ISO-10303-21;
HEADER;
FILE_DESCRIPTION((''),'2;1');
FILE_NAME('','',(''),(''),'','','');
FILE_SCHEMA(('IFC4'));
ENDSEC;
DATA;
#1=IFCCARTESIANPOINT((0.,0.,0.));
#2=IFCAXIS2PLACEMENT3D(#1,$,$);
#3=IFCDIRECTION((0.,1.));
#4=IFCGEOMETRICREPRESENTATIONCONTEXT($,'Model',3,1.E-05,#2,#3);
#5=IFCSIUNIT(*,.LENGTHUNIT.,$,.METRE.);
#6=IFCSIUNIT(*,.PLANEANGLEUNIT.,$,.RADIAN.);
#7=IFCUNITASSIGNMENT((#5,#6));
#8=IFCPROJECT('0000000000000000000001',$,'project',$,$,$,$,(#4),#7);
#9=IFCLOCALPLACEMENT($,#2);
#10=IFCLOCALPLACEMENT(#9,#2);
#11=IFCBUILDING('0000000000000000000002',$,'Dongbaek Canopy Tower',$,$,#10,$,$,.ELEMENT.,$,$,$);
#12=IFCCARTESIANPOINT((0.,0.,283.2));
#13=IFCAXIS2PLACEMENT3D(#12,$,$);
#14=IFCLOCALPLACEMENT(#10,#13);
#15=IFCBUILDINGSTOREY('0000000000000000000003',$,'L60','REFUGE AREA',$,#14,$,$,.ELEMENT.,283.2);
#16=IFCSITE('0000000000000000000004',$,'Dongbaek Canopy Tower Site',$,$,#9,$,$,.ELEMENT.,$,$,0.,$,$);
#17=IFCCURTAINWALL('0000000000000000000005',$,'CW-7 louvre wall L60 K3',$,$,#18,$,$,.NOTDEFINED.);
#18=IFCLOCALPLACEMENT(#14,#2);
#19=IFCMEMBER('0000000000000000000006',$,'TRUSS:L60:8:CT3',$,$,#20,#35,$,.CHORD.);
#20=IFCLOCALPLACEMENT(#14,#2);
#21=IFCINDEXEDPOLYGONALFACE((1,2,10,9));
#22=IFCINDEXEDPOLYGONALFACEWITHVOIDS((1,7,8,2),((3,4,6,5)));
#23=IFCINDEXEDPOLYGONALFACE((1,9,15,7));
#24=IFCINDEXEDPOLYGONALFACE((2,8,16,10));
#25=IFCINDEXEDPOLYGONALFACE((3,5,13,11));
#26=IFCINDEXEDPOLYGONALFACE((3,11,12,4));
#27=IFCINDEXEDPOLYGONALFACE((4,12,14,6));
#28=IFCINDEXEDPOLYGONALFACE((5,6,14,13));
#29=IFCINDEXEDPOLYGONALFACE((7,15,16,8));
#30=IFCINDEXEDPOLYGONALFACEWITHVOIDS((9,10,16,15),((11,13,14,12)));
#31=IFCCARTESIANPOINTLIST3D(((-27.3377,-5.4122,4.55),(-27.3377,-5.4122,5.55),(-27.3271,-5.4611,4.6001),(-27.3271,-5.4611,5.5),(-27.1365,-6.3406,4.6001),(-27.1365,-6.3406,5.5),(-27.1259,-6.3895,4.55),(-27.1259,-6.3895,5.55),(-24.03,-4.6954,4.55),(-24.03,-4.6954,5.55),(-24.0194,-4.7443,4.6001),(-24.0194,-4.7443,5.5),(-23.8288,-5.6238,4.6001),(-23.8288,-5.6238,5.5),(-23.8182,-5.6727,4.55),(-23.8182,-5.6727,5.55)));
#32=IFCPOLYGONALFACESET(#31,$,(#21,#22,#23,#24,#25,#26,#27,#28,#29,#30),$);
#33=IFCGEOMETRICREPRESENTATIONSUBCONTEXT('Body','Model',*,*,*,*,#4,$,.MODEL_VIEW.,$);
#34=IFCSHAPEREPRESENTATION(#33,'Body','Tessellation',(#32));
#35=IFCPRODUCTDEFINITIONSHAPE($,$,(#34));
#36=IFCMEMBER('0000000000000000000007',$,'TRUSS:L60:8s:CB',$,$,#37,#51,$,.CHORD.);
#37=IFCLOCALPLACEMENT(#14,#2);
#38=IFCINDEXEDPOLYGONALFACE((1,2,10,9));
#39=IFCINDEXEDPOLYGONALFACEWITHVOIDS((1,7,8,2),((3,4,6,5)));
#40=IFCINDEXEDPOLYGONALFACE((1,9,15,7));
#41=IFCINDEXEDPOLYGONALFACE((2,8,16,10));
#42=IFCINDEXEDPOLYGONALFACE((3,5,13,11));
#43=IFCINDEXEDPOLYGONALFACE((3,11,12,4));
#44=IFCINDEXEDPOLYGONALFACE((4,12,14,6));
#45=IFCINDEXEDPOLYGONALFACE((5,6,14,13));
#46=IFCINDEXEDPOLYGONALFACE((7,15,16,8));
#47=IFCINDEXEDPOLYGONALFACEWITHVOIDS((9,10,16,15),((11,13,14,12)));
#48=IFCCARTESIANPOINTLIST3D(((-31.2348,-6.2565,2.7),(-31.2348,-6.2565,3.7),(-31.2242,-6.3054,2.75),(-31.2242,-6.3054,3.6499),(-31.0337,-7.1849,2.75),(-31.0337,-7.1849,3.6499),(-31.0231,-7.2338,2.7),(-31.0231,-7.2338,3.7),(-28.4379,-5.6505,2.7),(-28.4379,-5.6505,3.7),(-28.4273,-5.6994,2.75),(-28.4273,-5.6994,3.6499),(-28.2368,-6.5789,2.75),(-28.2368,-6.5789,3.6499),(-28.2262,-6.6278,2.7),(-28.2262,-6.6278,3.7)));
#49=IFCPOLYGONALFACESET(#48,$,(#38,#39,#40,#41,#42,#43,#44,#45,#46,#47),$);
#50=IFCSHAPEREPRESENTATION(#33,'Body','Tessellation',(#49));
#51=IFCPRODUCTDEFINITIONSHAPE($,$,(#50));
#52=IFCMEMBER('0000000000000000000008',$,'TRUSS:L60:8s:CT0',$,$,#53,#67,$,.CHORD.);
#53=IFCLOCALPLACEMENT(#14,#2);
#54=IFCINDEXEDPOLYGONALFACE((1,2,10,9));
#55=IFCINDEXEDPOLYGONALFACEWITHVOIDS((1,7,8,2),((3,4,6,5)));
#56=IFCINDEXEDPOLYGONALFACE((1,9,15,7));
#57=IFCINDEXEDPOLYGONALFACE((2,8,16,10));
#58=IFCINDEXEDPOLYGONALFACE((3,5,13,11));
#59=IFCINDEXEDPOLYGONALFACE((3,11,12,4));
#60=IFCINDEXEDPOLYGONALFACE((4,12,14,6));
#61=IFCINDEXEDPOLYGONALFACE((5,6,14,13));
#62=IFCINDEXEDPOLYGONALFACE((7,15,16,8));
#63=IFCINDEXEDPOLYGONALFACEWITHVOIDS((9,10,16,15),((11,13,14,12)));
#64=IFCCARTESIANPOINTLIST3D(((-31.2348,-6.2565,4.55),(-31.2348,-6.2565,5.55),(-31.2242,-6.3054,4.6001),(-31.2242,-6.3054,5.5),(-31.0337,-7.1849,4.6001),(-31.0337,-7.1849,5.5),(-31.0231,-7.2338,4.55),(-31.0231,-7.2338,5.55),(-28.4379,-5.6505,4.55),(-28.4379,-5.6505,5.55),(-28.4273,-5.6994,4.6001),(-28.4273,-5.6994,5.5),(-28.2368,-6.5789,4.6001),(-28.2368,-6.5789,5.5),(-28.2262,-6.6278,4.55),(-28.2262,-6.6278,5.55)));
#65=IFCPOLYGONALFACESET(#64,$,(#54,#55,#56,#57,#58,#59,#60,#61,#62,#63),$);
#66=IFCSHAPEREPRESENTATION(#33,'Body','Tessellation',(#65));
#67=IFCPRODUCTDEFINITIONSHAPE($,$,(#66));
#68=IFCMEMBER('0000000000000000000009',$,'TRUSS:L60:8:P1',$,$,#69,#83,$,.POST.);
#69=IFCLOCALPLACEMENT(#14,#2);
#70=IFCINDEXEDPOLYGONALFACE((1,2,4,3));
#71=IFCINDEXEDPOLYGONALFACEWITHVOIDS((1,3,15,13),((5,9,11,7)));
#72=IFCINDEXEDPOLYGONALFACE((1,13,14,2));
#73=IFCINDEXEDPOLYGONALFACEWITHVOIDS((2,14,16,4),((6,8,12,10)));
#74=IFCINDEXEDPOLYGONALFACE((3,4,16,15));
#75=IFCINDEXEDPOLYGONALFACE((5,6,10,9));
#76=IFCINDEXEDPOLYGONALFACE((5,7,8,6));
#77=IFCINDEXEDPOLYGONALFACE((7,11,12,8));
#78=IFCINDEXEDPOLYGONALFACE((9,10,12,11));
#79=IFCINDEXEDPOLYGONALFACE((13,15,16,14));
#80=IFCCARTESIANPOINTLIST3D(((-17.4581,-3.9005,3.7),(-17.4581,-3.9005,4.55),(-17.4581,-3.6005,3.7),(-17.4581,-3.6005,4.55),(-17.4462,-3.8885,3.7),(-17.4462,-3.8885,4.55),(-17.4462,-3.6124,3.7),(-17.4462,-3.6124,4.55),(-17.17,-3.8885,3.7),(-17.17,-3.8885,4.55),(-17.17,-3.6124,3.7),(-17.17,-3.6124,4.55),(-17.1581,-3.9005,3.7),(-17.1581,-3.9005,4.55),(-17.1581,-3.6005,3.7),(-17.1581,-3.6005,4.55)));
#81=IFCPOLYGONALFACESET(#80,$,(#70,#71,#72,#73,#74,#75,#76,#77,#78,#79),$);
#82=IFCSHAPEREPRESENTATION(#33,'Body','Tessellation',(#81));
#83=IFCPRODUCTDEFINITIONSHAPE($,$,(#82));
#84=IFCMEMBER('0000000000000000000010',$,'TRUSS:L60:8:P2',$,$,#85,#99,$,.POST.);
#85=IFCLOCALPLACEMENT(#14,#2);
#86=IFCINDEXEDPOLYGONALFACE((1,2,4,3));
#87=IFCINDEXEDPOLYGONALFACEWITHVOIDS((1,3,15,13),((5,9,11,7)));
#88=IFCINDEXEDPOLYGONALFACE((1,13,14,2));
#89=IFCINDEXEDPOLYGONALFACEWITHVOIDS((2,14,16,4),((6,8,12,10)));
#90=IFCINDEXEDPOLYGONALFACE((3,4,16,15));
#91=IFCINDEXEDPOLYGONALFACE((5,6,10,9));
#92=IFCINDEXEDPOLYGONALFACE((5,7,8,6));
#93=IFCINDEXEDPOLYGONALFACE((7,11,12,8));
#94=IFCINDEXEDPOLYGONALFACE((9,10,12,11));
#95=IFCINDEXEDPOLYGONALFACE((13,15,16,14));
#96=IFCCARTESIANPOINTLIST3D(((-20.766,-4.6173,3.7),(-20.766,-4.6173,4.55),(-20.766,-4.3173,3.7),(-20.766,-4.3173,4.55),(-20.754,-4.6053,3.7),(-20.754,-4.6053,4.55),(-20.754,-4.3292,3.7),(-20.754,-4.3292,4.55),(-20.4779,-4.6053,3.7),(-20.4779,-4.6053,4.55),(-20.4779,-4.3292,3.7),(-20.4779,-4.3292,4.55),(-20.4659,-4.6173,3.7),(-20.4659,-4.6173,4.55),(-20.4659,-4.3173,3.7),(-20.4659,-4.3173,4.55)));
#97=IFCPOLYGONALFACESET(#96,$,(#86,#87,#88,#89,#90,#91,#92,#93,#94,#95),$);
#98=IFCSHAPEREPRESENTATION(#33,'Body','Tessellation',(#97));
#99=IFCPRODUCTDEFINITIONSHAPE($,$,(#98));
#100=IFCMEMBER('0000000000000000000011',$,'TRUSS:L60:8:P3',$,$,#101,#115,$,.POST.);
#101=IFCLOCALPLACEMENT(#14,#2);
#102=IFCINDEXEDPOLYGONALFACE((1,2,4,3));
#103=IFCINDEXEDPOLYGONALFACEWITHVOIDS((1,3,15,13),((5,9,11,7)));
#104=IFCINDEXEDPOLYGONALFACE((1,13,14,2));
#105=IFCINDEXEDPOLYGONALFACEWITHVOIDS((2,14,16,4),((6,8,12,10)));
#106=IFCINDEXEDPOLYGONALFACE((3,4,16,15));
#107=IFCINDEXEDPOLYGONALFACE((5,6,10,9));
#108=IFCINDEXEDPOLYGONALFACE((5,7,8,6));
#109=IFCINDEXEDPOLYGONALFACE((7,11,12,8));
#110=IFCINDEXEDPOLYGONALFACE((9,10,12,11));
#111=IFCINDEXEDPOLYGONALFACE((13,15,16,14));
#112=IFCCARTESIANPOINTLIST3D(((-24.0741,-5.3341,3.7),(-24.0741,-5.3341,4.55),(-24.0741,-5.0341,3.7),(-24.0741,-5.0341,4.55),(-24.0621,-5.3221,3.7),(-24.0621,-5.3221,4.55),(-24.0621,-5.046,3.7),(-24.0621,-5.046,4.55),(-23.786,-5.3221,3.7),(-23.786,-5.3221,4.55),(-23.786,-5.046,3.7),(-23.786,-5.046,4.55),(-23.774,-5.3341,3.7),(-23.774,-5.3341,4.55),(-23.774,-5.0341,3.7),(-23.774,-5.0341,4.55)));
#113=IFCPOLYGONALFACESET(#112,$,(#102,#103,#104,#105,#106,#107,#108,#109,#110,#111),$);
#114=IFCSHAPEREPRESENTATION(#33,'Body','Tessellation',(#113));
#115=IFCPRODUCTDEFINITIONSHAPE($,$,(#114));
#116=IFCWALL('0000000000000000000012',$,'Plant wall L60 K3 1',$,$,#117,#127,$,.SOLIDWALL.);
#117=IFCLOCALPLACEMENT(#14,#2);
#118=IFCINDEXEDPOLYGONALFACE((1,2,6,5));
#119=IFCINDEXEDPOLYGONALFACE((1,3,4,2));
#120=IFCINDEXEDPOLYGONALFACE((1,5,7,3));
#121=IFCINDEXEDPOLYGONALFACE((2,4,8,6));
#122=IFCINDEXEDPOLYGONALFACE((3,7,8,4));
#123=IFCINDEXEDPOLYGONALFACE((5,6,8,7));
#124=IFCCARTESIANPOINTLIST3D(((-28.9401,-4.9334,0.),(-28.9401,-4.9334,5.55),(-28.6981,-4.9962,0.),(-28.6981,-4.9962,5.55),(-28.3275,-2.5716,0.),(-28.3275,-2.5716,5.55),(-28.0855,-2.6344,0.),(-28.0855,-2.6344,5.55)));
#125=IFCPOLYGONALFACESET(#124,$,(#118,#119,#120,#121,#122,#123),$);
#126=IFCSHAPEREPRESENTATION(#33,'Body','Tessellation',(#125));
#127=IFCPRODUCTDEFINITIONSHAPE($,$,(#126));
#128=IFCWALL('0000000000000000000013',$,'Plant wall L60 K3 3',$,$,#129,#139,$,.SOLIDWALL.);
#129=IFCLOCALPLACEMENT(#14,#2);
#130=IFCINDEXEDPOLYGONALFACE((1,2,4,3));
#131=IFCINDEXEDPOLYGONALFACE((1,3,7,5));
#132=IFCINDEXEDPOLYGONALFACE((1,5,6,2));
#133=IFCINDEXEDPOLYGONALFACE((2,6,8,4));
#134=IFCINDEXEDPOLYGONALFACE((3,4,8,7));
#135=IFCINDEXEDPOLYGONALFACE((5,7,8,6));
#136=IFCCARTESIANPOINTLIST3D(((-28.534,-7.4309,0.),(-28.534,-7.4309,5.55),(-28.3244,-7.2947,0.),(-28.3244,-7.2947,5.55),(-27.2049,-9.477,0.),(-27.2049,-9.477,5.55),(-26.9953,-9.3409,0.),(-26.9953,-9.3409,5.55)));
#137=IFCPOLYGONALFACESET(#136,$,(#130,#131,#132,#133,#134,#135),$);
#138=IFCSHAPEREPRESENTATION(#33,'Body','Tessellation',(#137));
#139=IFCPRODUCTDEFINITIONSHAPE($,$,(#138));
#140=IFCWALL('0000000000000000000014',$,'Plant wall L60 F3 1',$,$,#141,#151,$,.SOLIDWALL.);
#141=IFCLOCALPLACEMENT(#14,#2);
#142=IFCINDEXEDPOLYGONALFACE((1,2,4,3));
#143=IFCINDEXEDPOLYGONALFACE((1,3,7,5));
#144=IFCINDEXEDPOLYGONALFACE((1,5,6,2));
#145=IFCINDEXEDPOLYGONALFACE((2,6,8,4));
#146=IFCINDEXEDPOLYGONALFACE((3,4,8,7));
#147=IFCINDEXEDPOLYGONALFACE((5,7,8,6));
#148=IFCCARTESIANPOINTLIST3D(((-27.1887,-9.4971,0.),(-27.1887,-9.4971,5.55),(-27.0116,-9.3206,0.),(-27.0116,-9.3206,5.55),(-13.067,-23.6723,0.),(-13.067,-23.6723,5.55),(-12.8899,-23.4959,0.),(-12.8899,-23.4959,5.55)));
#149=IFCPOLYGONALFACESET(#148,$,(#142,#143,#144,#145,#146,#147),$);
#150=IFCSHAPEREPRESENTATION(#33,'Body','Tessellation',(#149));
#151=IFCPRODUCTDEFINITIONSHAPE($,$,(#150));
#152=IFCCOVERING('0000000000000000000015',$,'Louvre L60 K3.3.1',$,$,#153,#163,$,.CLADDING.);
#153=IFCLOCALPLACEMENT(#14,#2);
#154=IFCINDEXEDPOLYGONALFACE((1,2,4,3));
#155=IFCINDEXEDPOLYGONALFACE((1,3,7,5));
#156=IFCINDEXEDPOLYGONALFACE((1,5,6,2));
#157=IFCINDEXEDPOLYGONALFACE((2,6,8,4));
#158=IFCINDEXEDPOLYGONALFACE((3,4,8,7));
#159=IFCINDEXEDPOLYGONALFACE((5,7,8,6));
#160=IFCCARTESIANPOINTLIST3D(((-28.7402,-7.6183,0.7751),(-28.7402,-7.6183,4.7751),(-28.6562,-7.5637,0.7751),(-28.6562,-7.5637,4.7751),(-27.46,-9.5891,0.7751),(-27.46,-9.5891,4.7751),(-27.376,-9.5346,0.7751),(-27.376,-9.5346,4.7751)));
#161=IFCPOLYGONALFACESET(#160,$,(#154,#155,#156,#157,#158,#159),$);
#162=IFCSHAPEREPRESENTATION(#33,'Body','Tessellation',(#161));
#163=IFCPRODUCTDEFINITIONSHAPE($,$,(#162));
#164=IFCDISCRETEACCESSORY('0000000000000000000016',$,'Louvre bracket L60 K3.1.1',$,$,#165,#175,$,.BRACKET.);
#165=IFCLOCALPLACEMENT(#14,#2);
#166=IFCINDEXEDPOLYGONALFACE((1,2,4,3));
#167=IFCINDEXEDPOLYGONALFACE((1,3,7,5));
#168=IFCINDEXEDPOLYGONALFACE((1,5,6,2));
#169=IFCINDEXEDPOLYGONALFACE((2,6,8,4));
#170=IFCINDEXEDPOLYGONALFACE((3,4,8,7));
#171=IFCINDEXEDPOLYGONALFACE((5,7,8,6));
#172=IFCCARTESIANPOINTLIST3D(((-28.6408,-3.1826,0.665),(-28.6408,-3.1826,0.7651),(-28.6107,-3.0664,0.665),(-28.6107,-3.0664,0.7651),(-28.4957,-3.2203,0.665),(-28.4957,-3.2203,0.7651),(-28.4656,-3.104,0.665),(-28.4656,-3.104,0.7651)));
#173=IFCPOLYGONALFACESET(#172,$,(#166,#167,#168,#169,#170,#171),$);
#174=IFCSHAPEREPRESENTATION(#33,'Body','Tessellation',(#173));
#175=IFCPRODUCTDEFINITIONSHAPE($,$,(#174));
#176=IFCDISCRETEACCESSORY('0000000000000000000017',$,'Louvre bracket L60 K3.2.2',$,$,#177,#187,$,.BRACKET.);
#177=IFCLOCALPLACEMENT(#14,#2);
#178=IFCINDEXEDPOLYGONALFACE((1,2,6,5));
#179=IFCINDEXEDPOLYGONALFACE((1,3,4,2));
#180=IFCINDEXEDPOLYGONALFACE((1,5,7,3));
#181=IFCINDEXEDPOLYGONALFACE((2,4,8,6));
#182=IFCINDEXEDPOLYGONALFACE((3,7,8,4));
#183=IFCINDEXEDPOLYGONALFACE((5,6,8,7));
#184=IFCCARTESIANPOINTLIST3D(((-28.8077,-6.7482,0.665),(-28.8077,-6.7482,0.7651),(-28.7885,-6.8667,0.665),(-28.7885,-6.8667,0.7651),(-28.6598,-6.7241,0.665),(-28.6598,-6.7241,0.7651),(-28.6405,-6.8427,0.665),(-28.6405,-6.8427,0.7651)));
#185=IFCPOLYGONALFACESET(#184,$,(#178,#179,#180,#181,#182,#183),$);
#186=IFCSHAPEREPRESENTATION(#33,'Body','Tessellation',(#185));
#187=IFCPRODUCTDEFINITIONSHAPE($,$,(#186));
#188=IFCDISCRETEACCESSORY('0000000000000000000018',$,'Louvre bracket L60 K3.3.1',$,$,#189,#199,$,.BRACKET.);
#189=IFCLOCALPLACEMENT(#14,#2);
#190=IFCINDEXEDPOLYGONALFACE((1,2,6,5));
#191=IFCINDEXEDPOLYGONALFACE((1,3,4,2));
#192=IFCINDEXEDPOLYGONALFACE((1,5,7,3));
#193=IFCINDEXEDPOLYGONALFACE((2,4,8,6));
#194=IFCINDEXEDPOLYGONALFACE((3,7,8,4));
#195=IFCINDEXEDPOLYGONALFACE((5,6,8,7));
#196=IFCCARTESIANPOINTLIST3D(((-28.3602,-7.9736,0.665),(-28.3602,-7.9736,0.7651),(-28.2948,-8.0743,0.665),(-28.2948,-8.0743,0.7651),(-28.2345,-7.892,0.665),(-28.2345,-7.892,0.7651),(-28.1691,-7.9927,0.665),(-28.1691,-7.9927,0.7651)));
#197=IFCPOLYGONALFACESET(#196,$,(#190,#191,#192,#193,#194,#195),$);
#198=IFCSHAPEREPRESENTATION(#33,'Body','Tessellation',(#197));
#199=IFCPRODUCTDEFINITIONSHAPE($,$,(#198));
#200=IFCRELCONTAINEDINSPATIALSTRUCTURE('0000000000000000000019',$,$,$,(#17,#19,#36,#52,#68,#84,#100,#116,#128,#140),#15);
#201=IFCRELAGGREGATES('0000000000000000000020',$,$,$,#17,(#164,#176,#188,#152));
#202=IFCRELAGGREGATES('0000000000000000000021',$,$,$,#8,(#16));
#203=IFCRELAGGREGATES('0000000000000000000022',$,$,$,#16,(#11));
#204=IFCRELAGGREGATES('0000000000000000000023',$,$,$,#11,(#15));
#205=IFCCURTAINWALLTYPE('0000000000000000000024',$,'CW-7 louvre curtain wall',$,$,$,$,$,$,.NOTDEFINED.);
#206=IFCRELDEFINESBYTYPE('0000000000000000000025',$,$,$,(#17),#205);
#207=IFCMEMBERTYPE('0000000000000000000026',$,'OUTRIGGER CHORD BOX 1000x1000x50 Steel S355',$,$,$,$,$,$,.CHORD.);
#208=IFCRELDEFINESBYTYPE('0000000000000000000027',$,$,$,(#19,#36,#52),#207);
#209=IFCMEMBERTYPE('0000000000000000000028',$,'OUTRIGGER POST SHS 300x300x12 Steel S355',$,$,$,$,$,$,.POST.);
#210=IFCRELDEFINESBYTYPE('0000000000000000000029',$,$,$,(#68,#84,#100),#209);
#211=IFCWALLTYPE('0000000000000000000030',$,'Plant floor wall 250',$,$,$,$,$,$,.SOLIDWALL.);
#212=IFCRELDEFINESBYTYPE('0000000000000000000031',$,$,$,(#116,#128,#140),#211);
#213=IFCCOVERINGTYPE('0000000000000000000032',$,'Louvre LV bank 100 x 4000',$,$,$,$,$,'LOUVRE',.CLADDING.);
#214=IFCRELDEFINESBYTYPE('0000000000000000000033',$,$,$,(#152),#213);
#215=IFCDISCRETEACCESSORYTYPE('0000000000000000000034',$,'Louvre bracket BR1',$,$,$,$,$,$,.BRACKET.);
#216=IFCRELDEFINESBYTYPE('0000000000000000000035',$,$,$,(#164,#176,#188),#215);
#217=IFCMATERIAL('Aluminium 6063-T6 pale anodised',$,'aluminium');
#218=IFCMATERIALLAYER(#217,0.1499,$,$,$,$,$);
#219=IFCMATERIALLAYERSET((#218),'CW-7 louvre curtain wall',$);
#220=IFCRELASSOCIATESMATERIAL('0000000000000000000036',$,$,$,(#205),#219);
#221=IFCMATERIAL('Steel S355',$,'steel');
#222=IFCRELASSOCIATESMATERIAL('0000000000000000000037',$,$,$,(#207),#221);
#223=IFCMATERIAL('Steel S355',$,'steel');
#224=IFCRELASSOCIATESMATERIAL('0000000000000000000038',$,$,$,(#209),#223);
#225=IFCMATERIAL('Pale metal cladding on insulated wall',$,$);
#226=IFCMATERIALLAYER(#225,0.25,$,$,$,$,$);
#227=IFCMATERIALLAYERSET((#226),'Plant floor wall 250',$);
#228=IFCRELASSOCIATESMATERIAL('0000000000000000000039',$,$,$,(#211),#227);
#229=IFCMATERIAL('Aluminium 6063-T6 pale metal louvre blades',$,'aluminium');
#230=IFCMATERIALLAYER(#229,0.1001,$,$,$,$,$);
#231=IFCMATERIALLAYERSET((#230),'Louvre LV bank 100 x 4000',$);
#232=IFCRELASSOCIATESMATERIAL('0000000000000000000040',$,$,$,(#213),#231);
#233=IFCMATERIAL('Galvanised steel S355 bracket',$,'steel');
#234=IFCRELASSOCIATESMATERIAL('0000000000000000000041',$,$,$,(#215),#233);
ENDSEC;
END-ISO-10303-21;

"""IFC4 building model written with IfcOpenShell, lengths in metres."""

from ifc_helpers import new_model, si_unit, direction, frame, frame_2d, origin, origin_2d, place, context, subcontext, project, spatial, rectangle, hollow_rectangle, extrude, material, layer, layer_set, material_profile, profile_set, type_object, element, aggregate, save


model = new_model("IFC4")

# Units and contexts
model_context = context("Model", 3, precision=1e-05, world=origin(), true_north=direction((0.0, 1.0)))
body_context = subcontext(model_context, "Body", "Model", "MODEL_VIEW")
ifc_project = project(units=[si_unit("LENGTHUNIT", "METRE"), si_unit("PLANEANGLEUNIT", "RADIAN")], contexts=[model_context])

# Site, building, storey
site_placement = place(None, origin())
site = spatial("IfcSite", under=ifc_project, at=site_placement, Name="Dongbaek Canopy Tower Site", CompositionType="ELEMENT", RefElevation=0.0)
building_placement = place(site_placement, origin())
building = spatial("IfcBuilding", under=site, at=building_placement, Name="Dongbaek Canopy Tower", CompositionType="ELEMENT")
storey_placement = place(building_placement, frame((0.0, 0.0, 283.2)))
storey = spatial("IfcBuildingStorey", under=building, at=storey_placement, Name="L60", Description="REFUGE AREA", CompositionType="ELEMENT", Elevation=283.2)

# Shared definitions
ifc_material_1 = material(Name="Aluminium 6063-T6 pale anodised", Category="aluminium")
ifc_layer_1 = layer(ifc_material_1, 0.1499)
ifc_layer_set_1 = layer_set([ifc_layer_1], Name="CW-7 louvre curtain wall")
curtain_wall_type = type_object("IfcCurtainWallType", Name="CW-7 louvre curtain wall", PredefinedType="NOTDEFINED", material=ifc_layer_set_1)

# Curtain wall
curtain_wall_1_placement = place(storey_placement, origin())
curtain_wall_1 = element("IfcCurtainWall", 1, at=curtain_wall_1_placement, inside=storey, type_object=curtain_wall_type, Name="CW-7 louvre wall L60 K3", PredefinedType="NOTDEFINED")

# Members
ifc_material_2 = material(Name="Steel S355", Category="steel")
ifc_material_profile_1 = material_profile(ifc_material_2, hollow_rectangle(XDim=1.0, YDim=1.0, WallThickness=0.05, at=origin_2d()), Name="OUTRIGGER CHORD BOX 1000x1000x50 Steel S355")
ifc_profile_set_1 = profile_set([ifc_material_profile_1], Name="Steel S355")
member_type_1 = type_object("IfcMemberType", Name="OUTRIGGER CHORD BOX 1000x1000x50 Steel S355", PredefinedType="CHORD", material=ifc_profile_set_1)
member_1_placement = place(storey_placement, frame((-23.9241, -5.1841, 5.05), z_axis=(-0.977317, -0.21178, 0.0), x_axis=(0.21178, -0.977317, 0.0)))
element("IfcMember", 2, at=member_1_placement, inside=storey, type_object=member_type_1, Name="TRUSS:L60:8:CT3", PredefinedType="CHORD", context=body_context, shape_type="SweptSolid", body=[
    extrude(hollow_rectangle(XDim=1.0, YDim=1.0, WallThickness=0.05, at=origin_2d()), origin(), (0.0, 0.0, 1.0), 3.3845),
])
for number, where, z_axis, x_axis, name in (
    (3, (-28.332, -6.1392, 3.2), (-0.977325, -0.211742, 0.0), (0.211742, -0.977325, 0.0), "TRUSS:L60:8s:CB"),
    (4, (-28.332, -6.1392, 5.05), (-0.977325, -0.211742, 0.0), (0.211742, -0.977325, 0.0), "TRUSS:L60:8s:CT0"),
):
    element("IfcMember", number, at=place(storey_placement, frame(where, z_axis=z_axis, x_axis=x_axis)), inside=storey, type_object=member_type_1, Name=name, PredefinedType="CHORD", context=body_context, shape_type="SweptSolid", body=[
        extrude(hollow_rectangle(XDim=1.0, YDim=1.0, WallThickness=0.05, at=origin_2d()), origin(), (0.0, 0.0, 1.0), 2.8618),
    ])
ifc_material_3 = material(Name="Steel S355", Category="steel")
ifc_material_profile_2 = material_profile(ifc_material_3, hollow_rectangle(XDim=0.3, YDim=0.3, WallThickness=0.012, at=origin_2d()), Name="OUTRIGGER POST SHS 300x300x12 Steel S355")
ifc_profile_set_2 = profile_set([ifc_material_profile_2], Name="Steel S355")
member_type_2 = type_object("IfcMemberType", Name="OUTRIGGER POST SHS 300x300x12 Steel S355", PredefinedType="POST", material=ifc_profile_set_2)
for number, where, z_axis, x_axis, name in (
    (5, (-17.3081, -3.7505, 3.7), (0.0, 0.0, 1.0), (1.0, 0.0, 0.0), "TRUSS:L60:8:P1"),
    (6, (-20.616, -4.4673, 3.7), (0.0, 0.0, 1.0), (1.0, 0.0, 0.0), "TRUSS:L60:8:P2"),
    (7, (-23.9241, -5.1841, 3.7), (0.0, 0.0, 1.0), (1.0, 0.0, 0.0), "TRUSS:L60:8:P3"),
):
    element("IfcMember", number, at=place(storey_placement, frame(where, z_axis=z_axis, x_axis=x_axis)), inside=storey, type_object=member_type_2, Name=name, PredefinedType="POST", context=body_context, shape_type="SweptSolid", body=[
        extrude(hollow_rectangle(XDim=0.3, YDim=0.3, WallThickness=0.012, at=origin_2d()), origin(), (0.0, 0.0, 1.0), 0.8501),
    ])

# Walls
ifc_material_4 = material(Name="Pale metal cladding on insulated wall")
ifc_layer_2 = layer(ifc_material_4, 0.25)
ifc_layer_set_2 = layer_set([ifc_layer_2], Name="Plant floor wall 250")
wall_type = type_object("IfcWallType", Name="Plant floor wall 250", PredefinedType="SOLIDWALL", material=ifc_layer_set_2)
for number, where, z_axis, x_axis, name in (
    (8, (-28.2065, -2.603, 0.0), (0.0, 0.0, 1.0), (-0.251049, -0.967974, 0.0), "Plant wall L60 K3 1"),
    (9, (-28.4292, -7.3628, 0.0), (0.0, 0.0, 1.0), (0.544732, -0.83861, 0.0), "Plant wall L60 K3 3"),
):
    element("IfcWall", number, at=place(storey_placement, frame(where, z_axis=z_axis, x_axis=x_axis)), inside=storey, type_object=wall_type, Name=name, PredefinedType="SOLIDWALL", context=body_context, shape_type="SweptSolid", body=[
        extrude(rectangle(XDim=2.4399, YDim=0.25, at=frame_2d((1.22, 0.0))), origin(), (0.0, 0.0, 1.0), 5.55),
    ])
wall_placement = place(storey_placement, frame((-27.1001, -9.4089, 0.0), z_axis=(0.0, 0.0, 1.0), x_axis=(0.705769, -0.708442, 0.0)))
element("IfcWall", 10, at=wall_placement, inside=storey, type_object=wall_type, Name="Plant wall L60 F3 1", PredefinedType="SOLIDWALL", context=body_context, shape_type="SweptSolid", body=[
    extrude(rectangle(XDim=20.009, YDim=0.25, at=frame_2d((10.0044, 0.0))), origin(), (0.0, 0.0, 1.0), 5.55),
])

# Covering
ifc_material_5 = material(Name="Aluminium 6063-T6 pale metal louvre blades", Category="aluminium")
ifc_layer_3 = layer(ifc_material_5, 0.1001)
ifc_layer_set_3 = layer_set([ifc_layer_3], Name="Louvre LV bank 100 x 4000")
covering_type = type_object("IfcCoveringType", Name="Louvre LV bank 100 x 4000", ElementType="LOUVRE", PredefinedType="CLADDING", material=ifc_layer_set_3)
covering_placement = place(storey_placement, frame((-28.0581, -8.5764, 0.7751), z_axis=(0.0, 0.0, 1.0), x_axis=(0.54473, -0.838611, 0.0)))
covering = element("IfcCovering", 11, at=covering_placement, type_object=covering_type, Name="Louvre L60 K3.3.1", PredefinedType="CLADDING", context=body_context, shape_type="SweptSolid", body=[
    extrude(rectangle(XDim=2.3501, YDim=0.1001, at=origin_2d()), origin(), (0.0, 0.0, 1.0), 4.0),
])

# Discrete accessories
ifc_material_6 = material(Name="Galvanised steel S355 bracket", Category="steel")
discrete_accessory_type = type_object("IfcDiscreteAccessoryType", Name="Louvre bracket BR1", PredefinedType="BRACKET", material=ifc_material_6)
discrete_accessory_1_placement = place(storey_placement, frame((-28.5532, -3.1433, 0.665), z_axis=(0.0, 0.0, 1.0), x_axis=(-0.25098, -0.967992, 0.0)))
discrete_accessory_1 = element("IfcDiscreteAccessory", 12, at=discrete_accessory_1_placement, type_object=discrete_accessory_type, Name="Louvre bracket L60 K3.1.1", PredefinedType="BRACKET", context=body_context, shape_type="SweptSolid", body=[
    extrude(rectangle(XDim=0.1201, YDim=0.1499, at=origin_2d()), origin(), (0.0, 0.0, 1.0), 0.1001),
])
discrete_accessory_2_placement = place(storey_placement, frame((-28.7241, -6.7954, 0.665), z_axis=(0.0, 0.0, 1.0), x_axis=(0.16049, -0.987037, 0.0)))
discrete_accessory_2 = element("IfcDiscreteAccessory", 13, at=discrete_accessory_2_placement, type_object=discrete_accessory_type, Name="Louvre bracket L60 K3.2.2", PredefinedType="BRACKET", context=body_context, shape_type="SweptSolid", body=[
    extrude(rectangle(XDim=0.1201, YDim=0.1499, at=origin_2d()), origin(), (0.0, 0.0, 1.0), 0.1001),
])
discrete_accessory_3_placement = place(storey_placement, frame((-28.2646, -7.9832, 0.665), z_axis=(0.0, 0.0, 1.0), x_axis=(0.54473, -0.838611, 0.0)))
discrete_accessory_3 = element("IfcDiscreteAccessory", 14, at=discrete_accessory_3_placement, type_object=discrete_accessory_type, Name="Louvre bracket L60 K3.3.1", PredefinedType="BRACKET", context=body_context, shape_type="SweptSolid", body=[
    extrude(rectangle(XDim=0.1201, YDim=0.1499, at=origin_2d()), origin(), (0.0, 0.0, 1.0), 0.1001),
])
aggregate(curtain_wall_1, [discrete_accessory_1, discrete_accessory_2, discrete_accessory_3, covering])

save(model, "model.ifc")
